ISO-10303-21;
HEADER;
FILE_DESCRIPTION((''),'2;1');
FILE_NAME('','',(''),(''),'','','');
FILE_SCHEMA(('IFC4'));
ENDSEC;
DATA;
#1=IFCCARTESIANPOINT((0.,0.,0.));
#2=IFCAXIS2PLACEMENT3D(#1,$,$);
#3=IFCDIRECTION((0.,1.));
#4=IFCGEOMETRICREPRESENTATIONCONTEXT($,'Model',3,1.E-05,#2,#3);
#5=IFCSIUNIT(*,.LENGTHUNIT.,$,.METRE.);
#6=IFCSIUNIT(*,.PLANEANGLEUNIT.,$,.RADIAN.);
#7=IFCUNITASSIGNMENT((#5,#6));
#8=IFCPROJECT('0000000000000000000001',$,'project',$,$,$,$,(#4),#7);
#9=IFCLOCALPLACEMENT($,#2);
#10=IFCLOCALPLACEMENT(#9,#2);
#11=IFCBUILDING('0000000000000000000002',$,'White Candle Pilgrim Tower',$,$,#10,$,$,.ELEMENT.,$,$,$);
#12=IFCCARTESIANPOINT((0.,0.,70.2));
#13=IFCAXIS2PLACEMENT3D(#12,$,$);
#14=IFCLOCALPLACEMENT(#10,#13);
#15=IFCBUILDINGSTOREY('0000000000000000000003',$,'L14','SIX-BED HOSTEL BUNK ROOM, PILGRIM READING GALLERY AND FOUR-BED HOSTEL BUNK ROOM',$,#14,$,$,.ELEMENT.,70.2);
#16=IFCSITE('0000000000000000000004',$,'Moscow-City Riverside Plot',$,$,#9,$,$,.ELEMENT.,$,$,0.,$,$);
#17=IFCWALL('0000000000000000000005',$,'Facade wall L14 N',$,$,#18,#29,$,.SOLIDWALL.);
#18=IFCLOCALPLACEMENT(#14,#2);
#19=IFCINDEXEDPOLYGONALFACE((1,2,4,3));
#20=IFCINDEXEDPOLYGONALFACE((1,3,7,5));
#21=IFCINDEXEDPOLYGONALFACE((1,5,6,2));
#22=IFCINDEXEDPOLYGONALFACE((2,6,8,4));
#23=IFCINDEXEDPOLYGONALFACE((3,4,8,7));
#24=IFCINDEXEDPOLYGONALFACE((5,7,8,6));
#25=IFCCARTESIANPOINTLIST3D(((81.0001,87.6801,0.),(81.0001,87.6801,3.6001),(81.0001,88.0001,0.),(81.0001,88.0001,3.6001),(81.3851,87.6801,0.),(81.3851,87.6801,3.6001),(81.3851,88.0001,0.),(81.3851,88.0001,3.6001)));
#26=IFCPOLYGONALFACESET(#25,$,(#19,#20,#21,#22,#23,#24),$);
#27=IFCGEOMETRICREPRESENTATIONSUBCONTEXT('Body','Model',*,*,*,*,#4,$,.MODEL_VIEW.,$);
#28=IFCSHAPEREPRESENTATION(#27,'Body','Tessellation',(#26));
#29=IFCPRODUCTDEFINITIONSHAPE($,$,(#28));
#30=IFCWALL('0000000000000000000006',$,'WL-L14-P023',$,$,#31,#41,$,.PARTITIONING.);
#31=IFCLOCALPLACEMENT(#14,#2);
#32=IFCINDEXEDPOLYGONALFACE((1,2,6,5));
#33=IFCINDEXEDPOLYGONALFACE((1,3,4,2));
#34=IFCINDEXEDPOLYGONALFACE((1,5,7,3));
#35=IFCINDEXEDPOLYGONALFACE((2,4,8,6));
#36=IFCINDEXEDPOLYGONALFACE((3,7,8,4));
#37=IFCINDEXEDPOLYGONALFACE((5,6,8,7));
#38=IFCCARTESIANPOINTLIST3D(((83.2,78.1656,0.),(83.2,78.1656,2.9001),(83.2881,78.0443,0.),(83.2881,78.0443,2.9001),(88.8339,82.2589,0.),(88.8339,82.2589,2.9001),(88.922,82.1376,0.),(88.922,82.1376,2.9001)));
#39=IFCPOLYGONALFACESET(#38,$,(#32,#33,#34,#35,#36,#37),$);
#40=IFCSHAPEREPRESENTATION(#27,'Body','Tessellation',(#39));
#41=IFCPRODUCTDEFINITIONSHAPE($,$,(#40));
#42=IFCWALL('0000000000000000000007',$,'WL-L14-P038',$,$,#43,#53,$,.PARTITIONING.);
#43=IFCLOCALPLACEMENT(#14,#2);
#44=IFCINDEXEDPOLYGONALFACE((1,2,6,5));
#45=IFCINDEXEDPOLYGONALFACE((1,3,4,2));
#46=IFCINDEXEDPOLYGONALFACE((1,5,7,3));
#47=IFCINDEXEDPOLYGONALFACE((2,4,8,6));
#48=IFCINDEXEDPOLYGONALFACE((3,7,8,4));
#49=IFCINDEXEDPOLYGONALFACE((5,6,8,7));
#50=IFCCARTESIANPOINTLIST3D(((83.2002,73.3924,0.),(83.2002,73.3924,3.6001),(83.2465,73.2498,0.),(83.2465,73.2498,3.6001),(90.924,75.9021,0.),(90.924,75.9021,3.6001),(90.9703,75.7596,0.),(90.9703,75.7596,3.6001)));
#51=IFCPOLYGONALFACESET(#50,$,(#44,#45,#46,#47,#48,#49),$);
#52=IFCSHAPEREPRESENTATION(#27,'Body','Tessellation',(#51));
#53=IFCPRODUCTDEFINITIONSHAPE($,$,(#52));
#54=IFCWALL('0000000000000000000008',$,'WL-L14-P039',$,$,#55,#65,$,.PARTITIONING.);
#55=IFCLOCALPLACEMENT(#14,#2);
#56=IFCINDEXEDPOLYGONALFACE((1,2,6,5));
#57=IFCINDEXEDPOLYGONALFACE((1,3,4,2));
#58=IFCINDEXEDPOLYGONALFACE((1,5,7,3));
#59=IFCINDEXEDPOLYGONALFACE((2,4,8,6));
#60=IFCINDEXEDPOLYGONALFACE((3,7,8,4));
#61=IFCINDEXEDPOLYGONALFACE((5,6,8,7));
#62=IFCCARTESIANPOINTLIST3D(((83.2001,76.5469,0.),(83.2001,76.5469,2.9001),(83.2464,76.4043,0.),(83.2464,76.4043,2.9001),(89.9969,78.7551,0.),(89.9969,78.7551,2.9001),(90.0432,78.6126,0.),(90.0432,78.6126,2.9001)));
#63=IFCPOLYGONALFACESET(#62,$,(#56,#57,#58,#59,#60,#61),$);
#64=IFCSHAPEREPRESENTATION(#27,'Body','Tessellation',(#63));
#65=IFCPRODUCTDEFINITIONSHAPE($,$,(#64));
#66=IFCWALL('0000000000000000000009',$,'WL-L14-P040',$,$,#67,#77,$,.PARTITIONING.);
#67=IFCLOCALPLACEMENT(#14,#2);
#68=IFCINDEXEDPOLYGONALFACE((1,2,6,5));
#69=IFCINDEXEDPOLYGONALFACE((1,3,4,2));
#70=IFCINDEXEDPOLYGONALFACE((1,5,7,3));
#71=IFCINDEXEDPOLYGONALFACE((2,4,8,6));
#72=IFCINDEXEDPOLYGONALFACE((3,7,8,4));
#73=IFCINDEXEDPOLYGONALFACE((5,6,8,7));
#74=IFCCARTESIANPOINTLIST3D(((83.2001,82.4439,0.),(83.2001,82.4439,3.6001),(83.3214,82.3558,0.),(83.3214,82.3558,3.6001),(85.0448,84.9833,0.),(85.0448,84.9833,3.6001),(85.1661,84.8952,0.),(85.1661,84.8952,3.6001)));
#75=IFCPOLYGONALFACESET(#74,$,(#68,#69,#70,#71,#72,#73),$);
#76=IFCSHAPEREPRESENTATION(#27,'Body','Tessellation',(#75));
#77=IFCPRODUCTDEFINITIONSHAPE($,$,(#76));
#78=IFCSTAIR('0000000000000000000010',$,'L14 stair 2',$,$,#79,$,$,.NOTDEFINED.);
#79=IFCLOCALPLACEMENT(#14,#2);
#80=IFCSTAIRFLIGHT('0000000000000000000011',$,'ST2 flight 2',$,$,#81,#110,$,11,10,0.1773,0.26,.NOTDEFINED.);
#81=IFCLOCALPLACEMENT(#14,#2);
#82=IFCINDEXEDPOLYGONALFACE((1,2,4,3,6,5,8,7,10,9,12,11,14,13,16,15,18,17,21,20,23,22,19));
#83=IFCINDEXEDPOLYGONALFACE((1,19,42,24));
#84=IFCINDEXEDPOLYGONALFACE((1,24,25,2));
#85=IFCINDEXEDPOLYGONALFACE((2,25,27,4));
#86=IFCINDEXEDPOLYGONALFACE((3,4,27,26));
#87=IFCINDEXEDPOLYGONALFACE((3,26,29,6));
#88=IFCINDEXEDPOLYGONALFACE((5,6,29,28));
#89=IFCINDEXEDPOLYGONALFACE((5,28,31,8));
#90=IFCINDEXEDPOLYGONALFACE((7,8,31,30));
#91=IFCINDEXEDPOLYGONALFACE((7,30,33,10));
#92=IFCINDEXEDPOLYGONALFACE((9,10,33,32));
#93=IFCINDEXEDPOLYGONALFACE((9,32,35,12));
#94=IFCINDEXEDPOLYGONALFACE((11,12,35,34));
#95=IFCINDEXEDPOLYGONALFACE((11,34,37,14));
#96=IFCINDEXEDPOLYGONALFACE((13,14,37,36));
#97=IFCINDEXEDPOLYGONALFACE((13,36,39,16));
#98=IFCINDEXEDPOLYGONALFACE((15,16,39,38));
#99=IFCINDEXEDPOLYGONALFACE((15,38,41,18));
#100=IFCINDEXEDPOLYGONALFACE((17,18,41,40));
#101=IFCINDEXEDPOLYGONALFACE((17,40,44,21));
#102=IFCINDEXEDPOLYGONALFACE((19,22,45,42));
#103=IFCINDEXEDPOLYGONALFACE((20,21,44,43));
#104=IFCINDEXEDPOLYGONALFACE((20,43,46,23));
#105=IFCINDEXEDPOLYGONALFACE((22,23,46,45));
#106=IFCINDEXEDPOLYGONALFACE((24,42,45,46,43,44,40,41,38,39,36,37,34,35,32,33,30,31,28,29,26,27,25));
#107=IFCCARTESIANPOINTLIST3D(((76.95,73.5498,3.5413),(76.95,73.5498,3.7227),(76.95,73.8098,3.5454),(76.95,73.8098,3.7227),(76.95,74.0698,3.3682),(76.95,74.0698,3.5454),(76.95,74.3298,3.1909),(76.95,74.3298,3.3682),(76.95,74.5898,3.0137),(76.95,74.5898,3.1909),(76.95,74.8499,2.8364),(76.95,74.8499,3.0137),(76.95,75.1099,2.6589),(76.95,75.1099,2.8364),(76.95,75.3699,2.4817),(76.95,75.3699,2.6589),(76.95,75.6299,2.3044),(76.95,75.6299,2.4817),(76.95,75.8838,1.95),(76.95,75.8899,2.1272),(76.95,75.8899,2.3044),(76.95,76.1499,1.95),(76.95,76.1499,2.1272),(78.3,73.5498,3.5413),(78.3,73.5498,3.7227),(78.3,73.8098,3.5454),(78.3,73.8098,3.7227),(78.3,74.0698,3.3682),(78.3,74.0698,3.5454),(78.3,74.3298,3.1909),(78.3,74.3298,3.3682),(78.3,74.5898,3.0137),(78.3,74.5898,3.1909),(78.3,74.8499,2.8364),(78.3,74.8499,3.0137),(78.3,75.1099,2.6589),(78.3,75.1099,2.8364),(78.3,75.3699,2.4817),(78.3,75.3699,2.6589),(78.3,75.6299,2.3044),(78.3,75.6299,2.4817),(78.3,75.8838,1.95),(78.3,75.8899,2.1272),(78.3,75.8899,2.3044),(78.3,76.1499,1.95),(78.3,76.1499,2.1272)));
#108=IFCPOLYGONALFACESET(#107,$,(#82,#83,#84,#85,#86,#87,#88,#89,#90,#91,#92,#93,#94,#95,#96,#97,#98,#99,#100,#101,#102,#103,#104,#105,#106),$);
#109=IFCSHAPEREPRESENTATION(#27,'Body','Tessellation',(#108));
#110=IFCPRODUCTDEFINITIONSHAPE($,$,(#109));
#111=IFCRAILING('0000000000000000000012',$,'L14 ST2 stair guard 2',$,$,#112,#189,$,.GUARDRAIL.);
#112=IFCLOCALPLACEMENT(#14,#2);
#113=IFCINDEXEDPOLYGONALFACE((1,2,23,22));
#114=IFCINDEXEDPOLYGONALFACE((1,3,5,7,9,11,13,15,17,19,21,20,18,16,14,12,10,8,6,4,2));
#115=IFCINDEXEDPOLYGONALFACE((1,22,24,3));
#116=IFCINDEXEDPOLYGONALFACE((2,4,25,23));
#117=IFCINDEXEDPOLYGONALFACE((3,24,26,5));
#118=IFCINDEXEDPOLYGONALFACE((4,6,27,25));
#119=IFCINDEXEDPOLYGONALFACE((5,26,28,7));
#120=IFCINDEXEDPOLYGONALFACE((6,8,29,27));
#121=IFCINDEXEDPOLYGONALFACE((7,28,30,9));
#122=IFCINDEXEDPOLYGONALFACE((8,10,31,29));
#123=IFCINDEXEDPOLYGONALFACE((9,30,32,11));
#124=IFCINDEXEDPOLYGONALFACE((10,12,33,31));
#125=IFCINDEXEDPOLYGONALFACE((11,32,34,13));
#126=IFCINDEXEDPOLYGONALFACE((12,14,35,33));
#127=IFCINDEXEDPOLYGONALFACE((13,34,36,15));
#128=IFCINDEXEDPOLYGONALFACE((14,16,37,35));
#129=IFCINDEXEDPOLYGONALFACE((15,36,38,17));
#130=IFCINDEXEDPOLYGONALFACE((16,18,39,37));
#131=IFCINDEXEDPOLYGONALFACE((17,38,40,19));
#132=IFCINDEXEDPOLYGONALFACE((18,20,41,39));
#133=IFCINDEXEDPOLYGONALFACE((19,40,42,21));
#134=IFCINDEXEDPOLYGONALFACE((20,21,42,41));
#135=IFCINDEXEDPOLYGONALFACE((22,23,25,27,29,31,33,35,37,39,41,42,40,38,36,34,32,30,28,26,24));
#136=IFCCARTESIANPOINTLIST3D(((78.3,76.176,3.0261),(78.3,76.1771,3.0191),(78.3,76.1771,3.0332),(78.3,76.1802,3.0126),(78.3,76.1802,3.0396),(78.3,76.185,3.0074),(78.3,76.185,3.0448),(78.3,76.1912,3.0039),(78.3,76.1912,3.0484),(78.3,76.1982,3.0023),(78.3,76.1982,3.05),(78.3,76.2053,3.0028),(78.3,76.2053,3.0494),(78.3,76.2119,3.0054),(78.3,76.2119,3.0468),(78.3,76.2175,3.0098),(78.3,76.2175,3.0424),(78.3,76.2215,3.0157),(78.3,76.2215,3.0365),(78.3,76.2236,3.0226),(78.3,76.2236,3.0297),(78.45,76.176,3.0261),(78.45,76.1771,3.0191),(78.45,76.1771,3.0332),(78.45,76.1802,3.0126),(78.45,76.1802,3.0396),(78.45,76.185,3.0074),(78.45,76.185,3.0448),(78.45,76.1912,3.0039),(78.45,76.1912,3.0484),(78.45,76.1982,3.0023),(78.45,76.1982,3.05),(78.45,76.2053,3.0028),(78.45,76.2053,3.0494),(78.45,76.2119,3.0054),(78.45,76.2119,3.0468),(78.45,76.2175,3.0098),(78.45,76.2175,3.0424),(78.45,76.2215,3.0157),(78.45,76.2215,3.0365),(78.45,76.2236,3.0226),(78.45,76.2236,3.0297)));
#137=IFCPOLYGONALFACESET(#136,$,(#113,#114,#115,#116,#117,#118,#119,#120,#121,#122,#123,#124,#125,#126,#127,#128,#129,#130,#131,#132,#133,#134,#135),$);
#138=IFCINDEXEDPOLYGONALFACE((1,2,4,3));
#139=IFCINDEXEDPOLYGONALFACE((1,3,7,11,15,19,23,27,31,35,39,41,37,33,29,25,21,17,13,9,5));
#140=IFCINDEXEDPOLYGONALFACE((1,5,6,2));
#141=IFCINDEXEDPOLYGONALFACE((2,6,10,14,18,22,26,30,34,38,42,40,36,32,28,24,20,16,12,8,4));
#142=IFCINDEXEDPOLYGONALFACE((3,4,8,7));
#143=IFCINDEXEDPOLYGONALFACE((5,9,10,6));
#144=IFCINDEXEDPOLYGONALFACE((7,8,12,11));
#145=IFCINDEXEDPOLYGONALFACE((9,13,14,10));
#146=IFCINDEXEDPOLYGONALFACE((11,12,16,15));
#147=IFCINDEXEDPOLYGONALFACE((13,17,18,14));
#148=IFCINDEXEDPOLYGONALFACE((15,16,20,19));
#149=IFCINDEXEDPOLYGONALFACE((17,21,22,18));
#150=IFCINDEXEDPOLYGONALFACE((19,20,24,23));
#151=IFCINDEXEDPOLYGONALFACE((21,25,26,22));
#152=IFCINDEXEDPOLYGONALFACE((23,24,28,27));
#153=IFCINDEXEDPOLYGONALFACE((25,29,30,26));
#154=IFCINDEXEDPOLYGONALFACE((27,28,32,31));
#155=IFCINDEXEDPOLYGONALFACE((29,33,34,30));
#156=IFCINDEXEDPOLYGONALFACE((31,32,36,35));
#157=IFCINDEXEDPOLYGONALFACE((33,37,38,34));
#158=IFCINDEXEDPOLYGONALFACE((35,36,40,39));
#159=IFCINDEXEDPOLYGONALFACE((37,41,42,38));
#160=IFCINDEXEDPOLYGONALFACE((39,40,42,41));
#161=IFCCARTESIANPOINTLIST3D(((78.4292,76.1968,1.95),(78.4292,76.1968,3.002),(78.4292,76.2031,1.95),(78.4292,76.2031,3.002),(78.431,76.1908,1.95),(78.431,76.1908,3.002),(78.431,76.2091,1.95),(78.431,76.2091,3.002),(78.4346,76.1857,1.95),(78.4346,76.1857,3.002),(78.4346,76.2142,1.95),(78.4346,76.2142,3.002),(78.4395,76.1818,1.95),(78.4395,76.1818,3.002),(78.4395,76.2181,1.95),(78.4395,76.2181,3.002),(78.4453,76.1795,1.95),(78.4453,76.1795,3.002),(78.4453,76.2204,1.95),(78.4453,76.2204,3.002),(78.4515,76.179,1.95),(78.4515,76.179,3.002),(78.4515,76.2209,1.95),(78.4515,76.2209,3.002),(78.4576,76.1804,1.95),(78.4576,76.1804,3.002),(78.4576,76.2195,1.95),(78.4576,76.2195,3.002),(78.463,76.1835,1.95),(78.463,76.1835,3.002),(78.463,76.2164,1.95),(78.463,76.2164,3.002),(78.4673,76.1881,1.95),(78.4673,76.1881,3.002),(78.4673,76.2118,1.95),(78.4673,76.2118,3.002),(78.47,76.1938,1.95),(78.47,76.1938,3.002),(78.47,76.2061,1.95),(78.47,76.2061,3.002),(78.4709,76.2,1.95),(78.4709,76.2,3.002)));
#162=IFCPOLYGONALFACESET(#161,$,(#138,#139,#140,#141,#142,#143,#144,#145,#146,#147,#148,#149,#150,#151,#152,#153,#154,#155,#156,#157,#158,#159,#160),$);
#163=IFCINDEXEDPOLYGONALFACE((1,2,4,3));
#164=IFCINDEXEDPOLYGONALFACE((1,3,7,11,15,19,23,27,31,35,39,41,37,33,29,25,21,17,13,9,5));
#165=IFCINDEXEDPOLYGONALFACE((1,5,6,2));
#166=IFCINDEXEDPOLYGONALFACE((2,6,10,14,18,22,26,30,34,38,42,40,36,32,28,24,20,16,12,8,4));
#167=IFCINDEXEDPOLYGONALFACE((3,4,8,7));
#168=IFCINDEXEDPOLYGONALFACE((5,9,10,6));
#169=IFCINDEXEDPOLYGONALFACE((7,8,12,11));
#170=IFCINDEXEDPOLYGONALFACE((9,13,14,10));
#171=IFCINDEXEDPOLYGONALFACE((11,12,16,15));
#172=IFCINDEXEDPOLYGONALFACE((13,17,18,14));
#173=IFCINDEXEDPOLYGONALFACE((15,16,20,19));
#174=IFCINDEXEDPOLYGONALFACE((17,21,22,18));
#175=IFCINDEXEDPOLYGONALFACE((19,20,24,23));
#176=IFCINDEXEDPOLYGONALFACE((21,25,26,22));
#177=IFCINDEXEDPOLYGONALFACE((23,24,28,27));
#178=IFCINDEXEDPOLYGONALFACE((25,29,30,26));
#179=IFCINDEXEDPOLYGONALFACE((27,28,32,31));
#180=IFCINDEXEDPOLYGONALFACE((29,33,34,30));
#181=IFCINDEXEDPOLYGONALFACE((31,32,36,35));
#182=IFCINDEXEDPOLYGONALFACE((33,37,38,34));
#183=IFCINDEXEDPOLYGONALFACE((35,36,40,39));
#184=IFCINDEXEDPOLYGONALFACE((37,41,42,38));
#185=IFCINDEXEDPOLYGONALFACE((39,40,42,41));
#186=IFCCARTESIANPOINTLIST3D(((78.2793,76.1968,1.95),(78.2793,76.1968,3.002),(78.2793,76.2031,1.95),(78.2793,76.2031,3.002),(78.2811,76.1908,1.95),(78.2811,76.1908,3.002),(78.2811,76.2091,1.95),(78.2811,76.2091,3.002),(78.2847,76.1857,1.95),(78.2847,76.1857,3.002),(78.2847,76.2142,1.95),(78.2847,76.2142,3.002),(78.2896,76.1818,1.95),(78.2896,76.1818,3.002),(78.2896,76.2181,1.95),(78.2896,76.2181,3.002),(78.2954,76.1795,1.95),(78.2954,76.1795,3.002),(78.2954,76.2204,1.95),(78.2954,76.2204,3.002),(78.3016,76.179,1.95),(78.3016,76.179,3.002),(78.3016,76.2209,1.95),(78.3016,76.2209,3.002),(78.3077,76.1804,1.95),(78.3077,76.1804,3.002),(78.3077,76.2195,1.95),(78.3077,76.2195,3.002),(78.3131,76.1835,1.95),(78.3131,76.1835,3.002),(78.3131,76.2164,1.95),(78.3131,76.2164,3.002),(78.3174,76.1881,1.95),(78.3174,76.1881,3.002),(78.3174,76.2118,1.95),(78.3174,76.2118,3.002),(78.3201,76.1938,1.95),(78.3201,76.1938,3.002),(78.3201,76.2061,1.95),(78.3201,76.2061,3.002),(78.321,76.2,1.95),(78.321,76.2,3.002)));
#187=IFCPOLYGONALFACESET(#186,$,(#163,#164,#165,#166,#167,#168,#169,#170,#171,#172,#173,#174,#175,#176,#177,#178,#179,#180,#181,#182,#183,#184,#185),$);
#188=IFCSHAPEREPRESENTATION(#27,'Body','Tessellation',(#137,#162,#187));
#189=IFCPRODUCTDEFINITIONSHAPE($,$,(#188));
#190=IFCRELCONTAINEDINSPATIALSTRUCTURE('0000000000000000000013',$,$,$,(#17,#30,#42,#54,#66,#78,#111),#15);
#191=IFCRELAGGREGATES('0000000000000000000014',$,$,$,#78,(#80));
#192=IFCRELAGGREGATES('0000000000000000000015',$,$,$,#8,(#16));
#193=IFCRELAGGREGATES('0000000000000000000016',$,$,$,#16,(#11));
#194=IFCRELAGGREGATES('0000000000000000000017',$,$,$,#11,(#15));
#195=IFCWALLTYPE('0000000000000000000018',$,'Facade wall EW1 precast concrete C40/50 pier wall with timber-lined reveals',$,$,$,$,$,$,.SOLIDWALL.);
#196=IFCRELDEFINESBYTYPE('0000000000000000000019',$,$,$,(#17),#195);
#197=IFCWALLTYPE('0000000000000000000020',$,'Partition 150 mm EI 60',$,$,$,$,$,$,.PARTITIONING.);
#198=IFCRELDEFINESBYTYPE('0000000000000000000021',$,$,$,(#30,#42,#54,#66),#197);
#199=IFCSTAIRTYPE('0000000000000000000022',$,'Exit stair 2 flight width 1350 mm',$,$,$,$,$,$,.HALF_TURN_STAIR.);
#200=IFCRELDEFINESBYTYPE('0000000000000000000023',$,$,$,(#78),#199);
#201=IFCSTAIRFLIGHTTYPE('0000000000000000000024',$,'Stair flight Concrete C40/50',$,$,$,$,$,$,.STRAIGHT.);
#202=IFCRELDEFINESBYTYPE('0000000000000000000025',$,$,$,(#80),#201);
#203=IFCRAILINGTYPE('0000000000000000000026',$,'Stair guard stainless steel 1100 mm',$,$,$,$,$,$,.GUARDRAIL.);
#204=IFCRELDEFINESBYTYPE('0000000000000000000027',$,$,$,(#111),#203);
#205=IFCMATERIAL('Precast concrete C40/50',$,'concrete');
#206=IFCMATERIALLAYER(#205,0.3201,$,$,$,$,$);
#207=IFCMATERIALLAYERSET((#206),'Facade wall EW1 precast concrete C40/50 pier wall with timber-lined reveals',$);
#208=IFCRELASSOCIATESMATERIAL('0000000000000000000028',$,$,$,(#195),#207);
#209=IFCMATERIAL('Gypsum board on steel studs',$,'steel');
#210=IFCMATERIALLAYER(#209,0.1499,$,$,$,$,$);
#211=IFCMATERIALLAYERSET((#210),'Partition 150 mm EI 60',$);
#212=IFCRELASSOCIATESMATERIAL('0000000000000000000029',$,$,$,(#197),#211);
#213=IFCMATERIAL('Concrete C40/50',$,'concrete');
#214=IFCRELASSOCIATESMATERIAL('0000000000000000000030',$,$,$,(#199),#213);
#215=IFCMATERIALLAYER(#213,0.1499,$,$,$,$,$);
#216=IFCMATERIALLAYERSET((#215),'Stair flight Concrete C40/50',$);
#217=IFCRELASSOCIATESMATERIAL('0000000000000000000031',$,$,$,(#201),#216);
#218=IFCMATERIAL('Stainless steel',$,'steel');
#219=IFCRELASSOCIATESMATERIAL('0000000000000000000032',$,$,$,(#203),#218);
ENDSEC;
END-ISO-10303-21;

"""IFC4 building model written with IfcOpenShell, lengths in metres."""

from ifc_helpers import new_model, si_unit, direction, frame, frame_2d, origin, origin_2d, place, context, subcontext, project, spatial, polyline, rectangle, circle, outline, extrude, material, layer, layer_set, type_object, element, aggregate, save


model = new_model("IFC4")

# Units and contexts
model_context = context("Model", 3, precision=1e-05, world=origin(), true_north=direction((0.0, 1.0)))
body_context = subcontext(model_context, "Body", "Model", "MODEL_VIEW")
ifc_project = project(units=[si_unit("LENGTHUNIT", "METRE"), si_unit("PLANEANGLEUNIT", "RADIAN")], contexts=[model_context])

# Site, building, storey
site_placement = place(None, origin())
site = spatial("IfcSite", under=ifc_project, at=site_placement, Name="Moscow-City Riverside Plot", CompositionType="ELEMENT", RefElevation=0.0)
building_placement = place(site_placement, origin())
building = spatial("IfcBuilding", under=site, at=building_placement, Name="White Candle Pilgrim Tower", CompositionType="ELEMENT")
storey_placement = place(building_placement, frame((0.0, 0.0, 70.2)))
storey = spatial("IfcBuildingStorey", under=building, at=storey_placement, Name="L14", Description="SIX-BED HOSTEL BUNK ROOM, PILGRIM READING GALLERY AND FOUR-BED HOSTEL BUNK ROOM", CompositionType="ELEMENT", Elevation=70.2)

# Shared definitions
ifc_material_1 = material(Name="Gypsum board on steel studs", Category="steel")

# Shared definitions
ifc_material_2 = material(Name="Precast concrete C40/50", Category="concrete")
ifc_layer_1 = layer(ifc_material_2, 0.3201)
ifc_layer_set_1 = layer_set([ifc_layer_1], Name="Facade wall EW1 precast concrete C40/50 pier wall with timber-lined reveals")
wall_type_1 = type_object("IfcWallType", Name="Facade wall EW1 precast concrete C40/50 pier wall with timber-lined reveals", PredefinedType="SOLIDWALL", material=ifc_layer_set_1)

# Walls
wall_1_placement = place(storey_placement, frame((81.385, 87.8401, 0.0), z_axis=(0.0, 0.0, 1.0), x_axis=(-1.0, 0.0, 0.0)))
element("IfcWall", 1, at=wall_1_placement, inside=storey, type_object=wall_type_1, Name="Facade wall L14 N", PredefinedType="SOLIDWALL", context=body_context, shape_type="SweptSolid", body=[
    extrude(rectangle(XDim=0.385, YDim=0.3201, at=frame_2d((0.1924, 0.0))), origin(), (0.0, 0.0, 1.0), 3.6001),
])
ifc_layer_2 = layer(ifc_material_1, 0.1499)
ifc_layer_set_2 = layer_set([ifc_layer_2], Name="Partition 150 mm EI 60")
wall_type_2 = type_object("IfcWallType", Name="Partition 150 mm EI 60", PredefinedType="PARTITIONING", material=ifc_layer_set_2)
wall_2_placement = place(storey_placement, frame((88.8779, 82.1982, 0.0), z_axis=(0.0, 0.0, 1.0), x_axis=(-0.809012, -0.587792, 0.0)))
element("IfcWall", 2, at=wall_2_placement, inside=storey, type_object=wall_type_2, Name="WL-L14-P023", PredefinedType="PARTITIONING", context=body_context, shape_type="SweptSolid", body=[
    extrude(rectangle(XDim=6.9639, YDim=0.1499, at=frame_2d((3.4819, 0.0))), origin(), (0.0, 0.0, 1.0), 2.9001),
])
wall_3_placement = place(storey_placement, frame((90.947, 75.8308, 0.0), z_axis=(0.0, 0.0, 1.0), x_axis=(-0.951052, -0.309031, 0.0)))
element("IfcWall", 3, at=wall_3_placement, inside=storey, type_object=wall_type_2, Name="WL-L14-P038", PredefinedType="PARTITIONING", context=body_context, shape_type="SweptSolid", body=[
    extrude(rectangle(XDim=8.1213, YDim=0.1499, at=frame_2d((4.0605, 0.0))), origin(), (0.0, 0.0, 1.0), 3.6001),
])
wall_4_placement = place(storey_placement, frame((90.02, 78.6838, 0.0), z_axis=(0.0, 0.0, 1.0), x_axis=(-0.951064, -0.308993, 0.0)))
element("IfcWall", 4, at=wall_4_placement, inside=storey, type_object=wall_type_2, Name="WL-L14-P039", PredefinedType="PARTITIONING", context=body_context, shape_type="SweptSolid", body=[
    extrude(rectangle(XDim=7.1465, YDim=0.1499, at=frame_2d((3.5732, 0.0))), origin(), (0.0, 0.0, 1.0), 2.9001),
])
wall_5_placement = place(storey_placement, frame((85.1055, 84.9392, 0.0), z_axis=(0.0, 0.0, 1.0), x_axis=(-0.587746, -0.809045, 0.0)))
element("IfcWall", 5, at=wall_5_placement, inside=storey, type_object=wall_type_2, Name="WL-L14-P040", PredefinedType="PARTITIONING", context=body_context, shape_type="SweptSolid", body=[
    extrude(rectangle(XDim=3.1387, YDim=0.1499, at=frame_2d((1.5693, 0.0))), origin(), (0.0, 0.0, 1.0), 3.6001),
])

# Stair, stair flight
ifc_material_3 = material(Name="Concrete C40/50", Category="concrete")
stair_type = type_object("IfcStairType", Name="Exit stair 2 flight width 1350 mm", PredefinedType="HALF_TURN_STAIR", material=ifc_material_3)
stair_placement = place(storey_placement, origin())
stair = element("IfcStair", 6, at=stair_placement, inside=storey, type_object=stair_type, Name="L14 stair 2", PredefinedType="NOTDEFINED")
ifc_layer_3 = layer(ifc_material_3, 0.1499)
ifc_layer_set_3 = layer_set([ifc_layer_3], Name="Stair flight Concrete C40/50")
stair_flight_type = type_object("IfcStairFlightType", Name="Stair flight Concrete C40/50", PredefinedType="STRAIGHT", material=ifc_layer_set_3)
stair_flight_placement = place(storey_placement, frame((77.625, 76.1499, 1.95), z_axis=(0.0, 0.0, 1.0), x_axis=(0.0, -1.0, 0.0)))
stair_flight = element("IfcStairFlight", 7, at=stair_flight_placement, type_object=stair_flight_type, Name="ST2 flight 2", NumberOfRisers=11, NumberOfTreads=10, PredefinedType="NOTDEFINED", RiserHeight=0.1773, TreadLength=0.26, context=body_context, shape_type="SweptSolid", body=[
    extrude(outline(polyline([(0.0, 0.0), (0.0, 0.1772), (0.26, 0.1772), (0.26, 0.3545), (0.52, 0.3545), (0.52, 0.5317), (0.78, 0.5317), (0.78, 0.709), (1.04, 0.709), (1.04, 0.8865), (1.3, 0.8865), (1.3, 1.0637), (1.5601, 1.0637), (1.5601, 1.241), (1.8201, 1.241), (1.8201, 1.4182), (2.0801, 1.4182), (2.0801, 1.5955), (2.3401, 1.5955), (2.3401, 1.7727), (2.6001, 1.7727), (2.6001, 1.95), (2.6001, 1.5913), (0.2661, 0.0), (0.0, 0.0)])), frame((0.0, 0.675, 0.0), z_axis=(0.0, -1.0, 0.0), x_axis=(1.0, 0.0, 0.0)), (0.0, 0.0, 1.0), 1.3501),
])
aggregate(stair, [stair_flight])

# Railing
ifc_material_4 = material(Name="Stainless steel", Category="steel")
railing_type = type_object("IfcRailingType", Name="Stair guard stainless steel 1100 mm", PredefinedType="GUARDRAIL", material=ifc_material_4)
railing_1_placement = place(storey_placement, frame((78.45, 76.2, 1.95)))
element("IfcRailing", 8, at=railing_1_placement, inside=storey, type_object=railing_type, Name="L14 ST2 stair guard 2", PredefinedType="GUARDRAIL", context=body_context, shape_type="SweptSolid", body=[
    extrude(circle(Radius=0.0239, at=origin_2d()), frame((0.0, 0.0, 1.0762), z_axis=(-1.0, 0.0, 0.0), x_axis=(0.0, -1.0, 0.0)), (0.0, 0.0, 1.0), 0.1499),
    extrude(circle(Radius=0.021, at=origin_2d()), origin(), (0.0, 0.0, 1.0), 1.052),
    extrude(circle(Radius=0.021, at=origin_2d()), frame((-0.1499, 0.0, 0.0)), (0.0, 0.0, 1.0), 1.052),
])

save(model, "model.ifc")
